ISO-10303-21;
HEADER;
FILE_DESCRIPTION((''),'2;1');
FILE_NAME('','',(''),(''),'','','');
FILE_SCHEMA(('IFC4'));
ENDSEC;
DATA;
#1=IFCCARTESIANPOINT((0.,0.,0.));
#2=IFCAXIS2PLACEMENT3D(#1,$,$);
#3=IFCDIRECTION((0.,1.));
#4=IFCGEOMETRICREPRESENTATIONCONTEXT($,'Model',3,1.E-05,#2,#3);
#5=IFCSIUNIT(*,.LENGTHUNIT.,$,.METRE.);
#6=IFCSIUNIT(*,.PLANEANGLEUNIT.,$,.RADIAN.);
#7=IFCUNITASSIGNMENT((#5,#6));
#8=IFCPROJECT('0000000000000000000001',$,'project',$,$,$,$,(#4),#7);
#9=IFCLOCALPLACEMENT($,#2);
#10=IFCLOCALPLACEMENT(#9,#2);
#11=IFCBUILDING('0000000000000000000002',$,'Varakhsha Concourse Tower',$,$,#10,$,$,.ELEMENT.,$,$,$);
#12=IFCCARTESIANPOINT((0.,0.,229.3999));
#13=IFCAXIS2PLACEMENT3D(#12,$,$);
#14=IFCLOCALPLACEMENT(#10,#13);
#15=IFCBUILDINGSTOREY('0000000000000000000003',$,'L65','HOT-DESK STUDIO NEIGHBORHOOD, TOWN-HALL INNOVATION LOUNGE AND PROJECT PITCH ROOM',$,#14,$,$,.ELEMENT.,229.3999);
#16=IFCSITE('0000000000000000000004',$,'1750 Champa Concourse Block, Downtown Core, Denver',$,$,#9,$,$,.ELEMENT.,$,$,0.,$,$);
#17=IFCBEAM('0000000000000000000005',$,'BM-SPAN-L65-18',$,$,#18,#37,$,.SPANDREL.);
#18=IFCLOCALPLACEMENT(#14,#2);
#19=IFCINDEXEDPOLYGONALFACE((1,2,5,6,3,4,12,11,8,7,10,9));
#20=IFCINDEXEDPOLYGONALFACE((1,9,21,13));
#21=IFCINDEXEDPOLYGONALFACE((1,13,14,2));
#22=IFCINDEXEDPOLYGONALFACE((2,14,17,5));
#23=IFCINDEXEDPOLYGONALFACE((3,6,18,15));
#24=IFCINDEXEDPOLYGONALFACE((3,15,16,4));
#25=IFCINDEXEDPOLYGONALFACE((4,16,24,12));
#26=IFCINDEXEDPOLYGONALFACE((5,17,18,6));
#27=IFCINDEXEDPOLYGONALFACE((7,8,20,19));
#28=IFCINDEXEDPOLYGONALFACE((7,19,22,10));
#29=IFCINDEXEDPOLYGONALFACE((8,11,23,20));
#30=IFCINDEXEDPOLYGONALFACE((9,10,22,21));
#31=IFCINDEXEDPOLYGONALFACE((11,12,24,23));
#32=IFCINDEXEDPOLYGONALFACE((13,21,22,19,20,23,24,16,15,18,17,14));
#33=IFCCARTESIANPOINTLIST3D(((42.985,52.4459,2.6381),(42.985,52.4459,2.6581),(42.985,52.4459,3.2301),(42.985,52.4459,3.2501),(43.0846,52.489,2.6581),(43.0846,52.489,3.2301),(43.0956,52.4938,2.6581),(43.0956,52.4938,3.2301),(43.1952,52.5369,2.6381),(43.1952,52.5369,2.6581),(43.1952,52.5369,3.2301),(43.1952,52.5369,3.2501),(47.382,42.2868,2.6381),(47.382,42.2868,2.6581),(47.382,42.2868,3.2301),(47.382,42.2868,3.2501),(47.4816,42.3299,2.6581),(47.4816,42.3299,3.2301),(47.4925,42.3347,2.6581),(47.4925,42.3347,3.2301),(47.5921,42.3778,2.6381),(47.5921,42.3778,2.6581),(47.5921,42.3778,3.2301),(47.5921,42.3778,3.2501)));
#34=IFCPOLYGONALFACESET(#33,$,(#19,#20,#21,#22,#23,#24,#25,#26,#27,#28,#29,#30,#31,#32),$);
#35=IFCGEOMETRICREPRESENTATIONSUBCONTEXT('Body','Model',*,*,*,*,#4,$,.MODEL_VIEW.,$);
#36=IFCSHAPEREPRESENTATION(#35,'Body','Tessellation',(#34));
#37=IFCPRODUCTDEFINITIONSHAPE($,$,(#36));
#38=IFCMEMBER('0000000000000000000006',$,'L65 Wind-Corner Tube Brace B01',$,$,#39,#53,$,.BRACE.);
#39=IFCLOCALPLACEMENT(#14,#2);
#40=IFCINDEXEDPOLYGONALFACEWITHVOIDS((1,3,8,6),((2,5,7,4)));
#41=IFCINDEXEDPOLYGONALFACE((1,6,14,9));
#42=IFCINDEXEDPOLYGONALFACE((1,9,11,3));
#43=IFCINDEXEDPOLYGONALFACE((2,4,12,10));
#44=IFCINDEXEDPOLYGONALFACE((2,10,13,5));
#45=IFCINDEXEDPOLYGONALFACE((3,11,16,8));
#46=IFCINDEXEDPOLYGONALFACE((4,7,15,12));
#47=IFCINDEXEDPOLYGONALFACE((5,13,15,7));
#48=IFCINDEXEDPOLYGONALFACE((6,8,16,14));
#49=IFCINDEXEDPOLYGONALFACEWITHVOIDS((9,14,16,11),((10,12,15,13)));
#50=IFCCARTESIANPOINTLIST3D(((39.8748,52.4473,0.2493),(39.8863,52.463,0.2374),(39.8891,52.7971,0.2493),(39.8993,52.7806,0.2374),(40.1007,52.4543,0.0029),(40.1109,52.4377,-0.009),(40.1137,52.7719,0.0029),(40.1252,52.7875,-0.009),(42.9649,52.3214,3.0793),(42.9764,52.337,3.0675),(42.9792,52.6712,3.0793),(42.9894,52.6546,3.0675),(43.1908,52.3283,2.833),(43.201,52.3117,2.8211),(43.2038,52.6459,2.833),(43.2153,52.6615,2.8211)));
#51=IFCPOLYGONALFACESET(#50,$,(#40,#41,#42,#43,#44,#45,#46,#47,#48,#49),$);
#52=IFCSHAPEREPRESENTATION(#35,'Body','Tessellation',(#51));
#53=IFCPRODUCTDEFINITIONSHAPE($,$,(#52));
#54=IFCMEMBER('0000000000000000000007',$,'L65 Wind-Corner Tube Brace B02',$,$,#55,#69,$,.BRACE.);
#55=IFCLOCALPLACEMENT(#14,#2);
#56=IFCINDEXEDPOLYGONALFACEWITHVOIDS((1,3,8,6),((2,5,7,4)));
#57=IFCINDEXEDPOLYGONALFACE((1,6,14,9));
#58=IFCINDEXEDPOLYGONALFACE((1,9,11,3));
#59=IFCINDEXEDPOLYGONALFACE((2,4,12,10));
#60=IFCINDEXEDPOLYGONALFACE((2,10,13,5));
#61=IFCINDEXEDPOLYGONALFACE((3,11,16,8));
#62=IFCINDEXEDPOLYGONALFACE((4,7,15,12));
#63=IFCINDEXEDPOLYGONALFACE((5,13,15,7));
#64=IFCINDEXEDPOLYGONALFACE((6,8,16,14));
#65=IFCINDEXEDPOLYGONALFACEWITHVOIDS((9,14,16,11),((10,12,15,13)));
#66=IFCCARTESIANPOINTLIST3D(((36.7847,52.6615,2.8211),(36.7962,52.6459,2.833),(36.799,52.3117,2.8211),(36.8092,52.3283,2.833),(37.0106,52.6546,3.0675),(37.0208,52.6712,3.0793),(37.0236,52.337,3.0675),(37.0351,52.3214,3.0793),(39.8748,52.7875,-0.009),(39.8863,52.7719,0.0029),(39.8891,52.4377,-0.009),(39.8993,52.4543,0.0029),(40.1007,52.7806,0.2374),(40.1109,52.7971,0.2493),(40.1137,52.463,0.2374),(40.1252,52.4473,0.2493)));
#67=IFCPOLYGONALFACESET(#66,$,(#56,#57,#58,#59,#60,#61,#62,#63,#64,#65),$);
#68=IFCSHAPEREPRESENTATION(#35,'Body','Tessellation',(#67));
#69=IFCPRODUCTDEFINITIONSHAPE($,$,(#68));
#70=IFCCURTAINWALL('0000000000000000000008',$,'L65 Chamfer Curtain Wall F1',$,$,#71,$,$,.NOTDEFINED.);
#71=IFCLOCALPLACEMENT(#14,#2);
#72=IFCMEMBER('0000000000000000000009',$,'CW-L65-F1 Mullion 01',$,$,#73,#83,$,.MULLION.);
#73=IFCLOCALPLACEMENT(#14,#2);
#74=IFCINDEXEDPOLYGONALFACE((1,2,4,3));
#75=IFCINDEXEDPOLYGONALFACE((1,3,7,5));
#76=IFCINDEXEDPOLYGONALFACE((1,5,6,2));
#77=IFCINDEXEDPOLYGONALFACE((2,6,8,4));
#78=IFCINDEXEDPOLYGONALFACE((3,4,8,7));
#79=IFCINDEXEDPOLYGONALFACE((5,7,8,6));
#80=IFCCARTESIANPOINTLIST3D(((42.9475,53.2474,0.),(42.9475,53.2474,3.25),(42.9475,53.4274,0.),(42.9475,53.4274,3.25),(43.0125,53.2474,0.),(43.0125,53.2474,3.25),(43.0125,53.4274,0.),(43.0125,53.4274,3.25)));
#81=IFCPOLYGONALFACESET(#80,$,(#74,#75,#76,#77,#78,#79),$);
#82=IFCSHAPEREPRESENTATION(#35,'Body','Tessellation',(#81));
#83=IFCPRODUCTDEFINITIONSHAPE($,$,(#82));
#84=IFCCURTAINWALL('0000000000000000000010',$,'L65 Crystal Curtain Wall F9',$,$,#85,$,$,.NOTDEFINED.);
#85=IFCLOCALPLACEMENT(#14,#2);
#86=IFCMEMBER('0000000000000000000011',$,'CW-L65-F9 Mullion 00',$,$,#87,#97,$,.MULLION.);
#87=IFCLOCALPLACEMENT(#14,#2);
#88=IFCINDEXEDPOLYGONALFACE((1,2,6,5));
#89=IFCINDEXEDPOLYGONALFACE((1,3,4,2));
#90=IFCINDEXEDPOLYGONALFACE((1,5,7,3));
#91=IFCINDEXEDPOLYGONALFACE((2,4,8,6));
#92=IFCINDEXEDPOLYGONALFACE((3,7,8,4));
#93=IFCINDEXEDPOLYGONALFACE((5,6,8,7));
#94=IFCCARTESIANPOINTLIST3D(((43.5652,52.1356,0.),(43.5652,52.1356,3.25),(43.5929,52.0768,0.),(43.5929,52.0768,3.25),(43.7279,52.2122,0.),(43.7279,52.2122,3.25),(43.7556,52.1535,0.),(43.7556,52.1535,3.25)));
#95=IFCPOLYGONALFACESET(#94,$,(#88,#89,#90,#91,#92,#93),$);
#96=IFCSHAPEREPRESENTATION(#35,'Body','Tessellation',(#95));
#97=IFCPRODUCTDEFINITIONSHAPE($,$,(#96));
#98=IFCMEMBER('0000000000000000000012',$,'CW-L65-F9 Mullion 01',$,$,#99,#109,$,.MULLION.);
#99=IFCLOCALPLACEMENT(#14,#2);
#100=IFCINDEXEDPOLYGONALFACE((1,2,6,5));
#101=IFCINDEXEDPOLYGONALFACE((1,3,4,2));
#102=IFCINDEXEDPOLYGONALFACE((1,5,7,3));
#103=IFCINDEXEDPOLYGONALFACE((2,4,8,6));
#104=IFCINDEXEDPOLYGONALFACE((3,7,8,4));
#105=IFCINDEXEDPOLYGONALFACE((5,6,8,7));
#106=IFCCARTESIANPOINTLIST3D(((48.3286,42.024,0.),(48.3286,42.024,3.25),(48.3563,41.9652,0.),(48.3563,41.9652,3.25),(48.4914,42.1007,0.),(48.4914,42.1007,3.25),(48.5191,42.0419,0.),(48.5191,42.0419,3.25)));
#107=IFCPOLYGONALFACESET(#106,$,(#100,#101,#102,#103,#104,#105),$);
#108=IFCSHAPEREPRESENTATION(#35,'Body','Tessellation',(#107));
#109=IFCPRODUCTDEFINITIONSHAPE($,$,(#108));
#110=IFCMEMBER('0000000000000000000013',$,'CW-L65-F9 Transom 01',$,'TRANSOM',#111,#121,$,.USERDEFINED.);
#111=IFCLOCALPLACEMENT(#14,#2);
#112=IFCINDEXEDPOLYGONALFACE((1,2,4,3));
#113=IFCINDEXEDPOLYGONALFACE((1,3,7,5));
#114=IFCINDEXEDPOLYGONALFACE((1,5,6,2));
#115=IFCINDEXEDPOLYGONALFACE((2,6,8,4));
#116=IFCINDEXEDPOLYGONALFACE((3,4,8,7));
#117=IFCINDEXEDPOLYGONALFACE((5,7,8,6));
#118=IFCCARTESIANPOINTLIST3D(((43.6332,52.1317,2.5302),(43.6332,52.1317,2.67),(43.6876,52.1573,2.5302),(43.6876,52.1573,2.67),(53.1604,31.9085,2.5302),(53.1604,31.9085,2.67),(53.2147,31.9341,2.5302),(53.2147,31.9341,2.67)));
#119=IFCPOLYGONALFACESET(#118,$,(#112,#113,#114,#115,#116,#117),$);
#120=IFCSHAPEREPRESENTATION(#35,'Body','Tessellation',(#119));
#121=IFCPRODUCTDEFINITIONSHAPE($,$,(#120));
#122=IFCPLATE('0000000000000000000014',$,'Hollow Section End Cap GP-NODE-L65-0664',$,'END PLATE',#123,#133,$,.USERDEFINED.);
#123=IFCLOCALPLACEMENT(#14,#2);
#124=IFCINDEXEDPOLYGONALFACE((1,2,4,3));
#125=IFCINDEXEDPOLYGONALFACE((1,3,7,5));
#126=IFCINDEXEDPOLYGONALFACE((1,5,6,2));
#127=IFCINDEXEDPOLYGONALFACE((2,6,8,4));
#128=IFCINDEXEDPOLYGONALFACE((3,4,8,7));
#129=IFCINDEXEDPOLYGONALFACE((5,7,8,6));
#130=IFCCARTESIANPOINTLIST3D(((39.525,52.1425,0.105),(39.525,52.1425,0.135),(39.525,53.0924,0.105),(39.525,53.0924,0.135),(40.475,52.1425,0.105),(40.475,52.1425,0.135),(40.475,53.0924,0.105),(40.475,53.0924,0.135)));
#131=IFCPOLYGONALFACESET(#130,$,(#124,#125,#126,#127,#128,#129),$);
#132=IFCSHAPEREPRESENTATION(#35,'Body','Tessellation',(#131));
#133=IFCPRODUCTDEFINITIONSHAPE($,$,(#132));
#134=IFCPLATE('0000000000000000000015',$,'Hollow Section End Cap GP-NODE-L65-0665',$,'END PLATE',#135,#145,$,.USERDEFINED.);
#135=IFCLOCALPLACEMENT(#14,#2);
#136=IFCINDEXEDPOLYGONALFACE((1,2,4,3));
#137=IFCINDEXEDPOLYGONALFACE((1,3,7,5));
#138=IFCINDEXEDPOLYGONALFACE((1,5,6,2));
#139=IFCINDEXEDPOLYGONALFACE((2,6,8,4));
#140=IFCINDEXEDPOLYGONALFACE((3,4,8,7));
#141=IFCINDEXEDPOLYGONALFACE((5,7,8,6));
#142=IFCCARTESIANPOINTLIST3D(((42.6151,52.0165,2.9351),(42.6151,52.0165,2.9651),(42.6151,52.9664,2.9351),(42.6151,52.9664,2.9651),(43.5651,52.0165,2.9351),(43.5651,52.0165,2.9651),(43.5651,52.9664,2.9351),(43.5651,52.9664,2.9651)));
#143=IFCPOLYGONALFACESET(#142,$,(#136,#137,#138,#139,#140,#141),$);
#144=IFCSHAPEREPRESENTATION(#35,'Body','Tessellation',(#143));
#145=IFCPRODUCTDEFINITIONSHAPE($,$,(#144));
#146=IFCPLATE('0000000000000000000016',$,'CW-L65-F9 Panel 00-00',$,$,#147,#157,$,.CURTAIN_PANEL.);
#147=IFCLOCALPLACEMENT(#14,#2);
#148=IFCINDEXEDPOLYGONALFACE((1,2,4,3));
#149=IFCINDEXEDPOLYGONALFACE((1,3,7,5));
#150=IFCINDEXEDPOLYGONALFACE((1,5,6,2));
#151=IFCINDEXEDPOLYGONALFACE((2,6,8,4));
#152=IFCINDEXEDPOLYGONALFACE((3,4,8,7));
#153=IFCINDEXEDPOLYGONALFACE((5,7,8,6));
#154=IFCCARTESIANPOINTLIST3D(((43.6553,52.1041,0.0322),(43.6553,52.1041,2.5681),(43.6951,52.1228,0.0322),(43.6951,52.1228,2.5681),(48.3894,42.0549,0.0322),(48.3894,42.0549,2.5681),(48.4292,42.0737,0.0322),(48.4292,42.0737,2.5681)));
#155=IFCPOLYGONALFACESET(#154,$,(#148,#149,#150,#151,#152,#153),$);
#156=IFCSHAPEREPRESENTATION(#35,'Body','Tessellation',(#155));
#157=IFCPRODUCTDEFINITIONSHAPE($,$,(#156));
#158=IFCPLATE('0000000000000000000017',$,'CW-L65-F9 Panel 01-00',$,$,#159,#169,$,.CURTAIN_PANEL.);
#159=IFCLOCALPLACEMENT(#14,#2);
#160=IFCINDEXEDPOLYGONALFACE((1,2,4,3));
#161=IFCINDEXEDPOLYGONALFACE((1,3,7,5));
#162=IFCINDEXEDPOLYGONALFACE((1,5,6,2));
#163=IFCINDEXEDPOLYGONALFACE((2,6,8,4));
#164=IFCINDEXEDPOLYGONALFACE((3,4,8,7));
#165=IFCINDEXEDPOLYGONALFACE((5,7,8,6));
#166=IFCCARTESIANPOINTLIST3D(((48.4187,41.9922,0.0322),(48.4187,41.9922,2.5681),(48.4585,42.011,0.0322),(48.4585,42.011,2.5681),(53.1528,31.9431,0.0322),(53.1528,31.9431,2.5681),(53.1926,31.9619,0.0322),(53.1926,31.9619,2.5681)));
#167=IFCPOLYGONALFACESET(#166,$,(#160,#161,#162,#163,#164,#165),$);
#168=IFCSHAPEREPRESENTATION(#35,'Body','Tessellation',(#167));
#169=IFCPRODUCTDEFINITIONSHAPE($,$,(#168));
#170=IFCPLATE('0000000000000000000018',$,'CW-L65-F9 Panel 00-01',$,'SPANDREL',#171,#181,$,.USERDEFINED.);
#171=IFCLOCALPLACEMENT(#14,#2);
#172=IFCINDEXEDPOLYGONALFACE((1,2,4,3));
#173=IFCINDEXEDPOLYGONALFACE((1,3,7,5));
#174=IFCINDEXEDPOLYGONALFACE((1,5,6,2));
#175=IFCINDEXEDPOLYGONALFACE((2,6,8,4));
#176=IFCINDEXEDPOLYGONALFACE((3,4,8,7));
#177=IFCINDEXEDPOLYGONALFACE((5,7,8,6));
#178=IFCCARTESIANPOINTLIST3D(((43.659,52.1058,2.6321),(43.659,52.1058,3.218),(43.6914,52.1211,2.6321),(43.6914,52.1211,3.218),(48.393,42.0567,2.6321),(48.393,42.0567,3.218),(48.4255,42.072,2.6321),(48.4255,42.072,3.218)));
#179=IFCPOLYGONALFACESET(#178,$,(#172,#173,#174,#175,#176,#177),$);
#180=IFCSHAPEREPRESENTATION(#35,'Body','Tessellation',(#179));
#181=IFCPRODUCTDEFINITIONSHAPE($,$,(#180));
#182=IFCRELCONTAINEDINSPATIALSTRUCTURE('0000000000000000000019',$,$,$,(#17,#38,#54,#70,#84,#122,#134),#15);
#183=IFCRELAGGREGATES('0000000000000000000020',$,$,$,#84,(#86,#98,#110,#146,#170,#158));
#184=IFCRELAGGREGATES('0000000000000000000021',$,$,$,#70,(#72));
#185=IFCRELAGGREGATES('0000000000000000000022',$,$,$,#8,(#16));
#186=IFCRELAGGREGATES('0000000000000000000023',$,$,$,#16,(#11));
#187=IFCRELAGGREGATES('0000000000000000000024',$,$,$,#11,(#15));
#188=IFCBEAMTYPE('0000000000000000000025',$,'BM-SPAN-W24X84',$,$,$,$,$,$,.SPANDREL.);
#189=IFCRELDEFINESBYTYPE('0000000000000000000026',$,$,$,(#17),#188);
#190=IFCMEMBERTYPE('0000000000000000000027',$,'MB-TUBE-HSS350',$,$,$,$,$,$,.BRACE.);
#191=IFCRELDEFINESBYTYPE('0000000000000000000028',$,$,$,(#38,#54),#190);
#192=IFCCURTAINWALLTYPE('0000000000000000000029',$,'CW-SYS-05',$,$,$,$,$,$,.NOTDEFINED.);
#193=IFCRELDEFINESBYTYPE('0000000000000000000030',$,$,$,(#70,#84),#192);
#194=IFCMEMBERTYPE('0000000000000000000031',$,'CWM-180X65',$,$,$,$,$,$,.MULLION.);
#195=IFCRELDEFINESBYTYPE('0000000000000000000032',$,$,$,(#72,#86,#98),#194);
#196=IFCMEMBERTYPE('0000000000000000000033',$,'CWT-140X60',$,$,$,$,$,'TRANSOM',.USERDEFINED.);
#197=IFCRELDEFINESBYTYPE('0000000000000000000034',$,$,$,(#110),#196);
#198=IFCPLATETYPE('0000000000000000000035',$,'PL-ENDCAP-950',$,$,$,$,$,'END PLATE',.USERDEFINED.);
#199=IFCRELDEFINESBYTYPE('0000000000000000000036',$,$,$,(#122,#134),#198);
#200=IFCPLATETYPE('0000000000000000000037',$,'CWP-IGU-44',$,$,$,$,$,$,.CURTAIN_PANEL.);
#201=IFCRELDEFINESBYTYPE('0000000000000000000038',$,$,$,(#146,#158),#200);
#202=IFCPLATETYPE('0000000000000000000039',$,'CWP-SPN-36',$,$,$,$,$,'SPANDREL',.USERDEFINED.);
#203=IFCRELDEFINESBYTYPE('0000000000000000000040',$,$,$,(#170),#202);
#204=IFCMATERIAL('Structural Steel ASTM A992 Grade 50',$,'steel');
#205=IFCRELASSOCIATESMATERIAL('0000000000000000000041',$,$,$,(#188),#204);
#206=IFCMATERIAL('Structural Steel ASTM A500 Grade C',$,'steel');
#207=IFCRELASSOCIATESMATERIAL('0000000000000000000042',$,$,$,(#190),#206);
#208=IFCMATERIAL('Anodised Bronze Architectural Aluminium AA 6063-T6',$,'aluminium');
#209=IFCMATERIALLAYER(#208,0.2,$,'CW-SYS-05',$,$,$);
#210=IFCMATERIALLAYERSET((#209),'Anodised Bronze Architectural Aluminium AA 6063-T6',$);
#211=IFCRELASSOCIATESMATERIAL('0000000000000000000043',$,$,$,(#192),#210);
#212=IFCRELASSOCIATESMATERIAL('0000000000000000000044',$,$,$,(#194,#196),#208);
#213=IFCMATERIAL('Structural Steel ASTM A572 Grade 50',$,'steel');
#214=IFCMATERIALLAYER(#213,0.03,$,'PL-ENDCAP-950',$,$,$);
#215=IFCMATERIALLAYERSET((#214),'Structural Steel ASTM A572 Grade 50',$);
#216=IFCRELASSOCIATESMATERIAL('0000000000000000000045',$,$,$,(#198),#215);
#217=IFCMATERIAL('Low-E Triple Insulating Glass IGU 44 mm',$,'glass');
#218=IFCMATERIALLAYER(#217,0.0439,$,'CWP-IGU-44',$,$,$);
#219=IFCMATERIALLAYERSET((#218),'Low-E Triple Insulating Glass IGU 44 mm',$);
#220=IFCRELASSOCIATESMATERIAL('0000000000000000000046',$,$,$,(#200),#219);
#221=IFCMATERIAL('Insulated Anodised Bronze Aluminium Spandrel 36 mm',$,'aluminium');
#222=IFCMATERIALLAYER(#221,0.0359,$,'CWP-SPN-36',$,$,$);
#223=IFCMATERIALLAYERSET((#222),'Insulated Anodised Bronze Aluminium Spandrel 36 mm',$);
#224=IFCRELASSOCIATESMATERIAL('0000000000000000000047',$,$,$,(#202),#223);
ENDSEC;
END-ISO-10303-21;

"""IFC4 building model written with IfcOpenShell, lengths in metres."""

from ifc_helpers import new_model, si_unit, direction, frame, origin, origin_2d, place, context, subcontext, project, spatial, rectangle, hollow_rectangle, i_section, extrude, source, transform, mapped, material, layer, layer_set, material_profile, profile_set, type_object, type_shapes, element, aggregate, save


model = new_model("IFC4")

# Units and contexts
model_context = context("Model", 3, precision=1e-05, world=origin(), true_north=direction((0.0, 1.0)))
body_context = subcontext(model_context, "Body", "Model", "MODEL_VIEW")
ifc_project = project(units=[si_unit("LENGTHUNIT", "METRE"), si_unit("PLANEANGLEUNIT", "RADIAN")], contexts=[model_context])

# Site, building, storey
site_placement = place(None, origin())
site = spatial("IfcSite", under=ifc_project, at=site_placement, Name="1750 Champa Concourse Block, Downtown Core, Denver", CompositionType="ELEMENT", RefElevation=0.0)
building_placement = place(site_placement, origin())
building = spatial("IfcBuilding", under=site, at=building_placement, Name="Varakhsha Concourse Tower", CompositionType="ELEMENT")
storey_placement = place(building_placement, frame((0.0, 0.0, 229.3999)))
storey = spatial("IfcBuildingStorey", under=building, at=storey_placement, Name="L65", Description="HOT-DESK STUDIO NEIGHBORHOOD, TOWN-HALL INNOVATION LOUNGE AND PROJECT PITCH ROOM", CompositionType="ELEMENT", Elevation=229.3999)

# Shared definitions
ifc_material_1 = material(Name="Structural Steel ASTM A992 Grade 50", Category="steel")
ifc_material_2 = material(Name="Structural Steel ASTM A572 Grade 50", Category="steel")

# Beam
ifc_material_profile_1 = material_profile(ifc_material_1, i_section(OverallWidth=0.229, OverallDepth=0.6121, WebThickness=0.012, FlangeThickness=0.02, at=origin_2d()), Name="W24X84")
ifc_profile_set_1 = profile_set([ifc_material_profile_1], Name="Structural Steel ASTM A992 Grade 50")
beam_type_1 = type_object("IfcBeamType", Name="BM-SPAN-W24X84", PredefinedType="SPANDREL", material=ifc_profile_set_1)
beam_1_placement = place(storey_placement, frame((47.4871, 42.3323, 2.9441), z_axis=(-0.397201, 0.917731, 0.0), x_axis=(-0.917731, -0.397201, 0.0)))
element("IfcBeam", 1, at=beam_1_placement, inside=storey, type_object=beam_type_1, Name="BM-SPAN-L65-18", PredefinedType="SPANDREL", context=body_context, shape_type="SweptSolid", body=[
    extrude(i_section(OverallWidth=0.229, OverallDepth=0.6121, WebThickness=0.012, FlangeThickness=0.02, at=origin_2d()), origin(), (0.0, 0.0, 1.0), 11.0698),
])

# Members
ifc_material_3 = material(Name="Structural Steel ASTM A500 Grade C", Category="steel")
ifc_material_profile_2 = material_profile(ifc_material_3, hollow_rectangle(XDim=0.3501, YDim=0.3501, WallThickness=0.0161, at=origin_2d()), Name="HSS 350x350x16")
ifc_profile_set_2 = profile_set([ifc_material_profile_2], Name="Structural Steel ASTM A500 Grade C")
member_type_1 = type_object("IfcMemberType", Name="MB-TUBE-HSS350", PredefinedType="BRACE", material=ifc_profile_set_2)
shared_shape_1 = source(origin(), body_context, "Body", "SweptSolid", [
    extrude(hollow_rectangle(XDim=0.3501, YDim=0.3501, WallThickness=0.0161, at=origin_2d()), origin(), (0.0, 0.0, 1.0), 4.1921),
])
type_shapes(member_type_1, [shared_shape_1])
for number, where, z_axis, x_axis, name in (
    (2, (40.0, 52.6174, 0.1201), (0.737118, -0.030051, 0.675095), (0.040734, 0.99917, 0.0), "L65 Wind-Corner Tube Brace B01"),
    (3, (40.0, 52.6174, 0.1201), (-0.737118, -0.030051, 0.675095), (0.040734, -0.99917, 0.0), "L65 Wind-Corner Tube Brace B02"),
):
    element("IfcMember", number, at=place(storey_placement, frame(where, z_axis=z_axis, x_axis=x_axis)), inside=storey, type_object=member_type_1, Name=name, PredefinedType="BRACE", context=body_context, shape_type="MappedRepresentation", body=[
        mapped(shared_shape_1, transform((0.0, 0.0, 0.0), scale=1.0)),
    ])

# Curtain wall, member
ifc_material_4 = material(Name="Anodised Bronze Architectural Aluminium AA 6063-T6", Category="aluminium")
ifc_layer_1 = layer(ifc_material_4, 0.2, Name="CW-SYS-05")
ifc_layer_set_1 = layer_set([ifc_layer_1], Name="Anodised Bronze Architectural Aluminium AA 6063-T6")
curtain_wall_type = type_object("IfcCurtainWallType", Name="CW-SYS-05", PredefinedType="NOTDEFINED", material=ifc_layer_set_1)
curtain_wall_1_placement = place(storey_placement, origin())
curtain_wall_1 = element("IfcCurtainWall", 4, at=curtain_wall_1_placement, inside=storey, type_object=curtain_wall_type, Name="L65 Chamfer Curtain Wall F1", PredefinedType="NOTDEFINED")
ifc_material_profile_3 = material_profile(ifc_material_4, rectangle(XDim=0.0649, YDim=0.1799, at=origin_2d()), Name="CWM-180X65")
ifc_profile_set_3 = profile_set([ifc_material_profile_3], Name="Anodised Bronze Architectural Aluminium AA 6063-T6")
member_type_2 = type_object("IfcMemberType", Name="CWM-180X65", PredefinedType="MULLION", material=ifc_profile_set_3)
shared_shape_2 = source(origin(), body_context, "Body", "SweptSolid", [
    extrude(rectangle(XDim=0.0649, YDim=0.1799, at=origin_2d()), origin(), (0.0, 0.0, 1.0), 3.25),
])
type_shapes(member_type_2, [shared_shape_2])
member_1_placement = place(storey_placement, frame((42.98, 53.3374, 0.0), z_axis=(0.0, 0.0, 1.0), x_axis=(1.0, 0.0, 0.0)))
member_1 = element("IfcMember", 5, at=member_1_placement, type_object=member_type_2, Name="CW-L65-F1 Mullion 01", PredefinedType="MULLION", context=body_context, shape_type="MappedRepresentation", body=[
    mapped(shared_shape_2, transform((0.0, 0.0, 0.0), scale=1.0)),
])

# Curtain wall, members
curtain_wall_2_placement = place(storey_placement, origin())
curtain_wall_2 = element("IfcCurtainWall", 6, at=curtain_wall_2_placement, inside=storey, type_object=curtain_wall_type, Name="L65 Crystal Curtain Wall F9", PredefinedType="NOTDEFINED")
member_2_placement = place(storey_placement, frame((43.6604, 52.1445, 0.0), z_axis=(0.0, 0.0, 1.0), x_axis=(0.426172, -0.904642, 0.0)))
member_2 = element("IfcMember", 7, at=member_2_placement, type_object=member_type_2, Name="CW-L65-F9 Mullion 00", PredefinedType="MULLION", context=body_context, shape_type="MappedRepresentation", body=[
    mapped(shared_shape_2, transform((0.0, 0.0, 0.0), scale=1.0)),
])
member_3_placement = place(storey_placement, frame((48.4238, 42.033, 0.0), z_axis=(0.0, 0.0, 1.0), x_axis=(0.426172, -0.904642, 0.0)))
member_3 = element("IfcMember", 8, at=member_3_placement, type_object=member_type_2, Name="CW-L65-F9 Mullion 01", PredefinedType="MULLION", context=body_context, shape_type="MappedRepresentation", body=[
    mapped(shared_shape_2, transform((0.0, 0.0, 0.0), scale=1.0)),
])
ifc_material_profile_4 = material_profile(ifc_material_4, rectangle(XDim=0.0601, YDim=0.1399, at=origin_2d()), Name="CWT-140X60")
ifc_profile_set_4 = profile_set([ifc_material_profile_4], Name="Anodised Bronze Architectural Aluminium AA 6063-T6")
member_type_3 = type_object("IfcMemberType", Name="CWT-140X60", ElementType="TRANSOM", PredefinedType="USERDEFINED", material=ifc_profile_set_4)
shared_shape_3 = source(origin(), body_context, "Body", "SweptSolid", [
    extrude(rectangle(XDim=0.0601, YDim=0.1399, at=origin_2d()), origin(), (0.0, 0.0, 1.0), 22.355),
])
type_shapes(member_type_3, [shared_shape_3])
member_4_placement = place(storey_placement, frame((43.6604, 52.1445, 2.6001), z_axis=(0.426175, -0.904641, 0.0), x_axis=(0.904641, 0.426175, 0.0)))
member_4 = element("IfcMember", 9, at=member_4_placement, type_object=member_type_3, Name="CW-L65-F9 Transom 01", ObjectType="TRANSOM", PredefinedType="USERDEFINED", context=body_context, shape_type="MappedRepresentation", body=[
    mapped(shared_shape_3, transform((0.0, 0.0, 0.0), scale=1.0)),
])

# Plates
ifc_layer_2 = layer(ifc_material_2, 0.03, Name="PL-ENDCAP-950")
ifc_layer_set_2 = layer_set([ifc_layer_2], Name="Structural Steel ASTM A572 Grade 50")
plate_type_1 = type_object("IfcPlateType", Name="PL-ENDCAP-950", ElementType="END PLATE", PredefinedType="USERDEFINED", material=ifc_layer_set_2)
shared_shape_4 = source(origin(), body_context, "Body", "SweptSolid", [
    extrude(rectangle(XDim=0.95, YDim=0.95, at=origin_2d()), origin(), (0.0, 0.0, 1.0), 0.03),
])
type_shapes(plate_type_1, [shared_shape_4])
for number, where, z_axis, x_axis, name in (
    (10, (40.0, 52.6174, 0.105), (0.0, 0.0, 1.0), (1.0, 0.0, 0.0), "Hollow Section End Cap GP-NODE-L65-0664"),
    (11, (43.0901, 52.4915, 2.9351), (0.0, 0.0, 1.0), (1.0, 0.0, 0.0), "Hollow Section End Cap GP-NODE-L65-0665"),
):
    element("IfcPlate", number, at=place(storey_placement, frame(where, z_axis=z_axis, x_axis=x_axis)), inside=storey, type_object=plate_type_1, Name=name, ObjectType="END PLATE", PredefinedType="USERDEFINED", context=body_context, shape_type="MappedRepresentation", body=[
        mapped(shared_shape_4, transform((0.0, 0.0, 0.0), scale=1.0)),
    ])

# Plates
ifc_material_5 = material(Name="Low-E Triple Insulating Glass IGU 44 mm", Category="glass")
ifc_layer_3 = layer(ifc_material_5, 0.0439, Name="CWP-IGU-44")
ifc_layer_set_3 = layer_set([ifc_layer_3], Name="Low-E Triple Insulating Glass IGU 44 mm")
plate_type_2 = type_object("IfcPlateType", Name="CWP-IGU-44", PredefinedType="CURTAIN_PANEL", material=ifc_layer_set_3)
shared_shape_5 = source(origin(), body_context, "Body", "SweptSolid", [
    extrude(rectangle(XDim=11.1084, YDim=0.0439, at=origin_2d()), origin(), (0.0, 0.0, 1.0), 2.5359),
])
type_shapes(plate_type_2, [shared_shape_5])
plate_1_placement = place(storey_placement, frame((46.0422, 47.0889, 0.0322), z_axis=(0.0, 0.0, 1.0), x_axis=(0.426172, -0.904642, 0.0)))
plate_1 = element("IfcPlate", 12, at=plate_1_placement, type_object=plate_type_2, Name="CW-L65-F9 Panel 00-00", PredefinedType="CURTAIN_PANEL", context=body_context, shape_type="MappedRepresentation", body=[
    mapped(shared_shape_5, transform((0.0, 0.0, 0.0), scale=1.0)),
])
plate_2_placement = place(storey_placement, frame((50.8057, 36.9771, 0.0322), z_axis=(0.0, 0.0, 1.0), x_axis=(0.426172, -0.904642, 0.0)))
plate_2 = element("IfcPlate", 13, at=plate_2_placement, type_object=plate_type_2, Name="CW-L65-F9 Panel 01-00", PredefinedType="CURTAIN_PANEL", context=body_context, shape_type="MappedRepresentation", body=[
    mapped(shared_shape_5, transform((0.0, 0.0, 0.0), scale=1.0)),
])
ifc_material_6 = material(Name="Insulated Anodised Bronze Aluminium Spandrel 36 mm", Category="aluminium")
ifc_layer_4 = layer(ifc_material_6, 0.0359, Name="CWP-SPN-36")
ifc_layer_set_4 = layer_set([ifc_layer_4], Name="Insulated Anodised Bronze Aluminium Spandrel 36 mm")
plate_type_3 = type_object("IfcPlateType", Name="CWP-SPN-36", ElementType="SPANDREL", PredefinedType="USERDEFINED", material=ifc_layer_set_4)
shared_shape_6 = source(origin(), body_context, "Body", "SweptSolid", [
    extrude(rectangle(XDim=11.1084, YDim=0.0359, at=origin_2d()), origin(), (0.0, 0.0, 1.0), 0.5859),
])
plate_3_placement = place(storey_placement, frame((46.0422, 47.0889, 2.6321), z_axis=(0.0, 0.0, 1.0), x_axis=(0.426172, -0.904642, 0.0)))
plate_3 = element("IfcPlate", 14, at=plate_3_placement, type_object=plate_type_3, Name="CW-L65-F9 Panel 00-01", ObjectType="SPANDREL", PredefinedType="USERDEFINED", context=body_context, shape_type="MappedRepresentation", body=[
    mapped(shared_shape_6, transform((0.0, 0.0, 0.0), scale=1.0)),
])
aggregate(curtain_wall_2, [member_2, member_3, member_4, plate_1, plate_3, plate_2])
aggregate(curtain_wall_1, [member_1])

save(model, "model.ifc")
